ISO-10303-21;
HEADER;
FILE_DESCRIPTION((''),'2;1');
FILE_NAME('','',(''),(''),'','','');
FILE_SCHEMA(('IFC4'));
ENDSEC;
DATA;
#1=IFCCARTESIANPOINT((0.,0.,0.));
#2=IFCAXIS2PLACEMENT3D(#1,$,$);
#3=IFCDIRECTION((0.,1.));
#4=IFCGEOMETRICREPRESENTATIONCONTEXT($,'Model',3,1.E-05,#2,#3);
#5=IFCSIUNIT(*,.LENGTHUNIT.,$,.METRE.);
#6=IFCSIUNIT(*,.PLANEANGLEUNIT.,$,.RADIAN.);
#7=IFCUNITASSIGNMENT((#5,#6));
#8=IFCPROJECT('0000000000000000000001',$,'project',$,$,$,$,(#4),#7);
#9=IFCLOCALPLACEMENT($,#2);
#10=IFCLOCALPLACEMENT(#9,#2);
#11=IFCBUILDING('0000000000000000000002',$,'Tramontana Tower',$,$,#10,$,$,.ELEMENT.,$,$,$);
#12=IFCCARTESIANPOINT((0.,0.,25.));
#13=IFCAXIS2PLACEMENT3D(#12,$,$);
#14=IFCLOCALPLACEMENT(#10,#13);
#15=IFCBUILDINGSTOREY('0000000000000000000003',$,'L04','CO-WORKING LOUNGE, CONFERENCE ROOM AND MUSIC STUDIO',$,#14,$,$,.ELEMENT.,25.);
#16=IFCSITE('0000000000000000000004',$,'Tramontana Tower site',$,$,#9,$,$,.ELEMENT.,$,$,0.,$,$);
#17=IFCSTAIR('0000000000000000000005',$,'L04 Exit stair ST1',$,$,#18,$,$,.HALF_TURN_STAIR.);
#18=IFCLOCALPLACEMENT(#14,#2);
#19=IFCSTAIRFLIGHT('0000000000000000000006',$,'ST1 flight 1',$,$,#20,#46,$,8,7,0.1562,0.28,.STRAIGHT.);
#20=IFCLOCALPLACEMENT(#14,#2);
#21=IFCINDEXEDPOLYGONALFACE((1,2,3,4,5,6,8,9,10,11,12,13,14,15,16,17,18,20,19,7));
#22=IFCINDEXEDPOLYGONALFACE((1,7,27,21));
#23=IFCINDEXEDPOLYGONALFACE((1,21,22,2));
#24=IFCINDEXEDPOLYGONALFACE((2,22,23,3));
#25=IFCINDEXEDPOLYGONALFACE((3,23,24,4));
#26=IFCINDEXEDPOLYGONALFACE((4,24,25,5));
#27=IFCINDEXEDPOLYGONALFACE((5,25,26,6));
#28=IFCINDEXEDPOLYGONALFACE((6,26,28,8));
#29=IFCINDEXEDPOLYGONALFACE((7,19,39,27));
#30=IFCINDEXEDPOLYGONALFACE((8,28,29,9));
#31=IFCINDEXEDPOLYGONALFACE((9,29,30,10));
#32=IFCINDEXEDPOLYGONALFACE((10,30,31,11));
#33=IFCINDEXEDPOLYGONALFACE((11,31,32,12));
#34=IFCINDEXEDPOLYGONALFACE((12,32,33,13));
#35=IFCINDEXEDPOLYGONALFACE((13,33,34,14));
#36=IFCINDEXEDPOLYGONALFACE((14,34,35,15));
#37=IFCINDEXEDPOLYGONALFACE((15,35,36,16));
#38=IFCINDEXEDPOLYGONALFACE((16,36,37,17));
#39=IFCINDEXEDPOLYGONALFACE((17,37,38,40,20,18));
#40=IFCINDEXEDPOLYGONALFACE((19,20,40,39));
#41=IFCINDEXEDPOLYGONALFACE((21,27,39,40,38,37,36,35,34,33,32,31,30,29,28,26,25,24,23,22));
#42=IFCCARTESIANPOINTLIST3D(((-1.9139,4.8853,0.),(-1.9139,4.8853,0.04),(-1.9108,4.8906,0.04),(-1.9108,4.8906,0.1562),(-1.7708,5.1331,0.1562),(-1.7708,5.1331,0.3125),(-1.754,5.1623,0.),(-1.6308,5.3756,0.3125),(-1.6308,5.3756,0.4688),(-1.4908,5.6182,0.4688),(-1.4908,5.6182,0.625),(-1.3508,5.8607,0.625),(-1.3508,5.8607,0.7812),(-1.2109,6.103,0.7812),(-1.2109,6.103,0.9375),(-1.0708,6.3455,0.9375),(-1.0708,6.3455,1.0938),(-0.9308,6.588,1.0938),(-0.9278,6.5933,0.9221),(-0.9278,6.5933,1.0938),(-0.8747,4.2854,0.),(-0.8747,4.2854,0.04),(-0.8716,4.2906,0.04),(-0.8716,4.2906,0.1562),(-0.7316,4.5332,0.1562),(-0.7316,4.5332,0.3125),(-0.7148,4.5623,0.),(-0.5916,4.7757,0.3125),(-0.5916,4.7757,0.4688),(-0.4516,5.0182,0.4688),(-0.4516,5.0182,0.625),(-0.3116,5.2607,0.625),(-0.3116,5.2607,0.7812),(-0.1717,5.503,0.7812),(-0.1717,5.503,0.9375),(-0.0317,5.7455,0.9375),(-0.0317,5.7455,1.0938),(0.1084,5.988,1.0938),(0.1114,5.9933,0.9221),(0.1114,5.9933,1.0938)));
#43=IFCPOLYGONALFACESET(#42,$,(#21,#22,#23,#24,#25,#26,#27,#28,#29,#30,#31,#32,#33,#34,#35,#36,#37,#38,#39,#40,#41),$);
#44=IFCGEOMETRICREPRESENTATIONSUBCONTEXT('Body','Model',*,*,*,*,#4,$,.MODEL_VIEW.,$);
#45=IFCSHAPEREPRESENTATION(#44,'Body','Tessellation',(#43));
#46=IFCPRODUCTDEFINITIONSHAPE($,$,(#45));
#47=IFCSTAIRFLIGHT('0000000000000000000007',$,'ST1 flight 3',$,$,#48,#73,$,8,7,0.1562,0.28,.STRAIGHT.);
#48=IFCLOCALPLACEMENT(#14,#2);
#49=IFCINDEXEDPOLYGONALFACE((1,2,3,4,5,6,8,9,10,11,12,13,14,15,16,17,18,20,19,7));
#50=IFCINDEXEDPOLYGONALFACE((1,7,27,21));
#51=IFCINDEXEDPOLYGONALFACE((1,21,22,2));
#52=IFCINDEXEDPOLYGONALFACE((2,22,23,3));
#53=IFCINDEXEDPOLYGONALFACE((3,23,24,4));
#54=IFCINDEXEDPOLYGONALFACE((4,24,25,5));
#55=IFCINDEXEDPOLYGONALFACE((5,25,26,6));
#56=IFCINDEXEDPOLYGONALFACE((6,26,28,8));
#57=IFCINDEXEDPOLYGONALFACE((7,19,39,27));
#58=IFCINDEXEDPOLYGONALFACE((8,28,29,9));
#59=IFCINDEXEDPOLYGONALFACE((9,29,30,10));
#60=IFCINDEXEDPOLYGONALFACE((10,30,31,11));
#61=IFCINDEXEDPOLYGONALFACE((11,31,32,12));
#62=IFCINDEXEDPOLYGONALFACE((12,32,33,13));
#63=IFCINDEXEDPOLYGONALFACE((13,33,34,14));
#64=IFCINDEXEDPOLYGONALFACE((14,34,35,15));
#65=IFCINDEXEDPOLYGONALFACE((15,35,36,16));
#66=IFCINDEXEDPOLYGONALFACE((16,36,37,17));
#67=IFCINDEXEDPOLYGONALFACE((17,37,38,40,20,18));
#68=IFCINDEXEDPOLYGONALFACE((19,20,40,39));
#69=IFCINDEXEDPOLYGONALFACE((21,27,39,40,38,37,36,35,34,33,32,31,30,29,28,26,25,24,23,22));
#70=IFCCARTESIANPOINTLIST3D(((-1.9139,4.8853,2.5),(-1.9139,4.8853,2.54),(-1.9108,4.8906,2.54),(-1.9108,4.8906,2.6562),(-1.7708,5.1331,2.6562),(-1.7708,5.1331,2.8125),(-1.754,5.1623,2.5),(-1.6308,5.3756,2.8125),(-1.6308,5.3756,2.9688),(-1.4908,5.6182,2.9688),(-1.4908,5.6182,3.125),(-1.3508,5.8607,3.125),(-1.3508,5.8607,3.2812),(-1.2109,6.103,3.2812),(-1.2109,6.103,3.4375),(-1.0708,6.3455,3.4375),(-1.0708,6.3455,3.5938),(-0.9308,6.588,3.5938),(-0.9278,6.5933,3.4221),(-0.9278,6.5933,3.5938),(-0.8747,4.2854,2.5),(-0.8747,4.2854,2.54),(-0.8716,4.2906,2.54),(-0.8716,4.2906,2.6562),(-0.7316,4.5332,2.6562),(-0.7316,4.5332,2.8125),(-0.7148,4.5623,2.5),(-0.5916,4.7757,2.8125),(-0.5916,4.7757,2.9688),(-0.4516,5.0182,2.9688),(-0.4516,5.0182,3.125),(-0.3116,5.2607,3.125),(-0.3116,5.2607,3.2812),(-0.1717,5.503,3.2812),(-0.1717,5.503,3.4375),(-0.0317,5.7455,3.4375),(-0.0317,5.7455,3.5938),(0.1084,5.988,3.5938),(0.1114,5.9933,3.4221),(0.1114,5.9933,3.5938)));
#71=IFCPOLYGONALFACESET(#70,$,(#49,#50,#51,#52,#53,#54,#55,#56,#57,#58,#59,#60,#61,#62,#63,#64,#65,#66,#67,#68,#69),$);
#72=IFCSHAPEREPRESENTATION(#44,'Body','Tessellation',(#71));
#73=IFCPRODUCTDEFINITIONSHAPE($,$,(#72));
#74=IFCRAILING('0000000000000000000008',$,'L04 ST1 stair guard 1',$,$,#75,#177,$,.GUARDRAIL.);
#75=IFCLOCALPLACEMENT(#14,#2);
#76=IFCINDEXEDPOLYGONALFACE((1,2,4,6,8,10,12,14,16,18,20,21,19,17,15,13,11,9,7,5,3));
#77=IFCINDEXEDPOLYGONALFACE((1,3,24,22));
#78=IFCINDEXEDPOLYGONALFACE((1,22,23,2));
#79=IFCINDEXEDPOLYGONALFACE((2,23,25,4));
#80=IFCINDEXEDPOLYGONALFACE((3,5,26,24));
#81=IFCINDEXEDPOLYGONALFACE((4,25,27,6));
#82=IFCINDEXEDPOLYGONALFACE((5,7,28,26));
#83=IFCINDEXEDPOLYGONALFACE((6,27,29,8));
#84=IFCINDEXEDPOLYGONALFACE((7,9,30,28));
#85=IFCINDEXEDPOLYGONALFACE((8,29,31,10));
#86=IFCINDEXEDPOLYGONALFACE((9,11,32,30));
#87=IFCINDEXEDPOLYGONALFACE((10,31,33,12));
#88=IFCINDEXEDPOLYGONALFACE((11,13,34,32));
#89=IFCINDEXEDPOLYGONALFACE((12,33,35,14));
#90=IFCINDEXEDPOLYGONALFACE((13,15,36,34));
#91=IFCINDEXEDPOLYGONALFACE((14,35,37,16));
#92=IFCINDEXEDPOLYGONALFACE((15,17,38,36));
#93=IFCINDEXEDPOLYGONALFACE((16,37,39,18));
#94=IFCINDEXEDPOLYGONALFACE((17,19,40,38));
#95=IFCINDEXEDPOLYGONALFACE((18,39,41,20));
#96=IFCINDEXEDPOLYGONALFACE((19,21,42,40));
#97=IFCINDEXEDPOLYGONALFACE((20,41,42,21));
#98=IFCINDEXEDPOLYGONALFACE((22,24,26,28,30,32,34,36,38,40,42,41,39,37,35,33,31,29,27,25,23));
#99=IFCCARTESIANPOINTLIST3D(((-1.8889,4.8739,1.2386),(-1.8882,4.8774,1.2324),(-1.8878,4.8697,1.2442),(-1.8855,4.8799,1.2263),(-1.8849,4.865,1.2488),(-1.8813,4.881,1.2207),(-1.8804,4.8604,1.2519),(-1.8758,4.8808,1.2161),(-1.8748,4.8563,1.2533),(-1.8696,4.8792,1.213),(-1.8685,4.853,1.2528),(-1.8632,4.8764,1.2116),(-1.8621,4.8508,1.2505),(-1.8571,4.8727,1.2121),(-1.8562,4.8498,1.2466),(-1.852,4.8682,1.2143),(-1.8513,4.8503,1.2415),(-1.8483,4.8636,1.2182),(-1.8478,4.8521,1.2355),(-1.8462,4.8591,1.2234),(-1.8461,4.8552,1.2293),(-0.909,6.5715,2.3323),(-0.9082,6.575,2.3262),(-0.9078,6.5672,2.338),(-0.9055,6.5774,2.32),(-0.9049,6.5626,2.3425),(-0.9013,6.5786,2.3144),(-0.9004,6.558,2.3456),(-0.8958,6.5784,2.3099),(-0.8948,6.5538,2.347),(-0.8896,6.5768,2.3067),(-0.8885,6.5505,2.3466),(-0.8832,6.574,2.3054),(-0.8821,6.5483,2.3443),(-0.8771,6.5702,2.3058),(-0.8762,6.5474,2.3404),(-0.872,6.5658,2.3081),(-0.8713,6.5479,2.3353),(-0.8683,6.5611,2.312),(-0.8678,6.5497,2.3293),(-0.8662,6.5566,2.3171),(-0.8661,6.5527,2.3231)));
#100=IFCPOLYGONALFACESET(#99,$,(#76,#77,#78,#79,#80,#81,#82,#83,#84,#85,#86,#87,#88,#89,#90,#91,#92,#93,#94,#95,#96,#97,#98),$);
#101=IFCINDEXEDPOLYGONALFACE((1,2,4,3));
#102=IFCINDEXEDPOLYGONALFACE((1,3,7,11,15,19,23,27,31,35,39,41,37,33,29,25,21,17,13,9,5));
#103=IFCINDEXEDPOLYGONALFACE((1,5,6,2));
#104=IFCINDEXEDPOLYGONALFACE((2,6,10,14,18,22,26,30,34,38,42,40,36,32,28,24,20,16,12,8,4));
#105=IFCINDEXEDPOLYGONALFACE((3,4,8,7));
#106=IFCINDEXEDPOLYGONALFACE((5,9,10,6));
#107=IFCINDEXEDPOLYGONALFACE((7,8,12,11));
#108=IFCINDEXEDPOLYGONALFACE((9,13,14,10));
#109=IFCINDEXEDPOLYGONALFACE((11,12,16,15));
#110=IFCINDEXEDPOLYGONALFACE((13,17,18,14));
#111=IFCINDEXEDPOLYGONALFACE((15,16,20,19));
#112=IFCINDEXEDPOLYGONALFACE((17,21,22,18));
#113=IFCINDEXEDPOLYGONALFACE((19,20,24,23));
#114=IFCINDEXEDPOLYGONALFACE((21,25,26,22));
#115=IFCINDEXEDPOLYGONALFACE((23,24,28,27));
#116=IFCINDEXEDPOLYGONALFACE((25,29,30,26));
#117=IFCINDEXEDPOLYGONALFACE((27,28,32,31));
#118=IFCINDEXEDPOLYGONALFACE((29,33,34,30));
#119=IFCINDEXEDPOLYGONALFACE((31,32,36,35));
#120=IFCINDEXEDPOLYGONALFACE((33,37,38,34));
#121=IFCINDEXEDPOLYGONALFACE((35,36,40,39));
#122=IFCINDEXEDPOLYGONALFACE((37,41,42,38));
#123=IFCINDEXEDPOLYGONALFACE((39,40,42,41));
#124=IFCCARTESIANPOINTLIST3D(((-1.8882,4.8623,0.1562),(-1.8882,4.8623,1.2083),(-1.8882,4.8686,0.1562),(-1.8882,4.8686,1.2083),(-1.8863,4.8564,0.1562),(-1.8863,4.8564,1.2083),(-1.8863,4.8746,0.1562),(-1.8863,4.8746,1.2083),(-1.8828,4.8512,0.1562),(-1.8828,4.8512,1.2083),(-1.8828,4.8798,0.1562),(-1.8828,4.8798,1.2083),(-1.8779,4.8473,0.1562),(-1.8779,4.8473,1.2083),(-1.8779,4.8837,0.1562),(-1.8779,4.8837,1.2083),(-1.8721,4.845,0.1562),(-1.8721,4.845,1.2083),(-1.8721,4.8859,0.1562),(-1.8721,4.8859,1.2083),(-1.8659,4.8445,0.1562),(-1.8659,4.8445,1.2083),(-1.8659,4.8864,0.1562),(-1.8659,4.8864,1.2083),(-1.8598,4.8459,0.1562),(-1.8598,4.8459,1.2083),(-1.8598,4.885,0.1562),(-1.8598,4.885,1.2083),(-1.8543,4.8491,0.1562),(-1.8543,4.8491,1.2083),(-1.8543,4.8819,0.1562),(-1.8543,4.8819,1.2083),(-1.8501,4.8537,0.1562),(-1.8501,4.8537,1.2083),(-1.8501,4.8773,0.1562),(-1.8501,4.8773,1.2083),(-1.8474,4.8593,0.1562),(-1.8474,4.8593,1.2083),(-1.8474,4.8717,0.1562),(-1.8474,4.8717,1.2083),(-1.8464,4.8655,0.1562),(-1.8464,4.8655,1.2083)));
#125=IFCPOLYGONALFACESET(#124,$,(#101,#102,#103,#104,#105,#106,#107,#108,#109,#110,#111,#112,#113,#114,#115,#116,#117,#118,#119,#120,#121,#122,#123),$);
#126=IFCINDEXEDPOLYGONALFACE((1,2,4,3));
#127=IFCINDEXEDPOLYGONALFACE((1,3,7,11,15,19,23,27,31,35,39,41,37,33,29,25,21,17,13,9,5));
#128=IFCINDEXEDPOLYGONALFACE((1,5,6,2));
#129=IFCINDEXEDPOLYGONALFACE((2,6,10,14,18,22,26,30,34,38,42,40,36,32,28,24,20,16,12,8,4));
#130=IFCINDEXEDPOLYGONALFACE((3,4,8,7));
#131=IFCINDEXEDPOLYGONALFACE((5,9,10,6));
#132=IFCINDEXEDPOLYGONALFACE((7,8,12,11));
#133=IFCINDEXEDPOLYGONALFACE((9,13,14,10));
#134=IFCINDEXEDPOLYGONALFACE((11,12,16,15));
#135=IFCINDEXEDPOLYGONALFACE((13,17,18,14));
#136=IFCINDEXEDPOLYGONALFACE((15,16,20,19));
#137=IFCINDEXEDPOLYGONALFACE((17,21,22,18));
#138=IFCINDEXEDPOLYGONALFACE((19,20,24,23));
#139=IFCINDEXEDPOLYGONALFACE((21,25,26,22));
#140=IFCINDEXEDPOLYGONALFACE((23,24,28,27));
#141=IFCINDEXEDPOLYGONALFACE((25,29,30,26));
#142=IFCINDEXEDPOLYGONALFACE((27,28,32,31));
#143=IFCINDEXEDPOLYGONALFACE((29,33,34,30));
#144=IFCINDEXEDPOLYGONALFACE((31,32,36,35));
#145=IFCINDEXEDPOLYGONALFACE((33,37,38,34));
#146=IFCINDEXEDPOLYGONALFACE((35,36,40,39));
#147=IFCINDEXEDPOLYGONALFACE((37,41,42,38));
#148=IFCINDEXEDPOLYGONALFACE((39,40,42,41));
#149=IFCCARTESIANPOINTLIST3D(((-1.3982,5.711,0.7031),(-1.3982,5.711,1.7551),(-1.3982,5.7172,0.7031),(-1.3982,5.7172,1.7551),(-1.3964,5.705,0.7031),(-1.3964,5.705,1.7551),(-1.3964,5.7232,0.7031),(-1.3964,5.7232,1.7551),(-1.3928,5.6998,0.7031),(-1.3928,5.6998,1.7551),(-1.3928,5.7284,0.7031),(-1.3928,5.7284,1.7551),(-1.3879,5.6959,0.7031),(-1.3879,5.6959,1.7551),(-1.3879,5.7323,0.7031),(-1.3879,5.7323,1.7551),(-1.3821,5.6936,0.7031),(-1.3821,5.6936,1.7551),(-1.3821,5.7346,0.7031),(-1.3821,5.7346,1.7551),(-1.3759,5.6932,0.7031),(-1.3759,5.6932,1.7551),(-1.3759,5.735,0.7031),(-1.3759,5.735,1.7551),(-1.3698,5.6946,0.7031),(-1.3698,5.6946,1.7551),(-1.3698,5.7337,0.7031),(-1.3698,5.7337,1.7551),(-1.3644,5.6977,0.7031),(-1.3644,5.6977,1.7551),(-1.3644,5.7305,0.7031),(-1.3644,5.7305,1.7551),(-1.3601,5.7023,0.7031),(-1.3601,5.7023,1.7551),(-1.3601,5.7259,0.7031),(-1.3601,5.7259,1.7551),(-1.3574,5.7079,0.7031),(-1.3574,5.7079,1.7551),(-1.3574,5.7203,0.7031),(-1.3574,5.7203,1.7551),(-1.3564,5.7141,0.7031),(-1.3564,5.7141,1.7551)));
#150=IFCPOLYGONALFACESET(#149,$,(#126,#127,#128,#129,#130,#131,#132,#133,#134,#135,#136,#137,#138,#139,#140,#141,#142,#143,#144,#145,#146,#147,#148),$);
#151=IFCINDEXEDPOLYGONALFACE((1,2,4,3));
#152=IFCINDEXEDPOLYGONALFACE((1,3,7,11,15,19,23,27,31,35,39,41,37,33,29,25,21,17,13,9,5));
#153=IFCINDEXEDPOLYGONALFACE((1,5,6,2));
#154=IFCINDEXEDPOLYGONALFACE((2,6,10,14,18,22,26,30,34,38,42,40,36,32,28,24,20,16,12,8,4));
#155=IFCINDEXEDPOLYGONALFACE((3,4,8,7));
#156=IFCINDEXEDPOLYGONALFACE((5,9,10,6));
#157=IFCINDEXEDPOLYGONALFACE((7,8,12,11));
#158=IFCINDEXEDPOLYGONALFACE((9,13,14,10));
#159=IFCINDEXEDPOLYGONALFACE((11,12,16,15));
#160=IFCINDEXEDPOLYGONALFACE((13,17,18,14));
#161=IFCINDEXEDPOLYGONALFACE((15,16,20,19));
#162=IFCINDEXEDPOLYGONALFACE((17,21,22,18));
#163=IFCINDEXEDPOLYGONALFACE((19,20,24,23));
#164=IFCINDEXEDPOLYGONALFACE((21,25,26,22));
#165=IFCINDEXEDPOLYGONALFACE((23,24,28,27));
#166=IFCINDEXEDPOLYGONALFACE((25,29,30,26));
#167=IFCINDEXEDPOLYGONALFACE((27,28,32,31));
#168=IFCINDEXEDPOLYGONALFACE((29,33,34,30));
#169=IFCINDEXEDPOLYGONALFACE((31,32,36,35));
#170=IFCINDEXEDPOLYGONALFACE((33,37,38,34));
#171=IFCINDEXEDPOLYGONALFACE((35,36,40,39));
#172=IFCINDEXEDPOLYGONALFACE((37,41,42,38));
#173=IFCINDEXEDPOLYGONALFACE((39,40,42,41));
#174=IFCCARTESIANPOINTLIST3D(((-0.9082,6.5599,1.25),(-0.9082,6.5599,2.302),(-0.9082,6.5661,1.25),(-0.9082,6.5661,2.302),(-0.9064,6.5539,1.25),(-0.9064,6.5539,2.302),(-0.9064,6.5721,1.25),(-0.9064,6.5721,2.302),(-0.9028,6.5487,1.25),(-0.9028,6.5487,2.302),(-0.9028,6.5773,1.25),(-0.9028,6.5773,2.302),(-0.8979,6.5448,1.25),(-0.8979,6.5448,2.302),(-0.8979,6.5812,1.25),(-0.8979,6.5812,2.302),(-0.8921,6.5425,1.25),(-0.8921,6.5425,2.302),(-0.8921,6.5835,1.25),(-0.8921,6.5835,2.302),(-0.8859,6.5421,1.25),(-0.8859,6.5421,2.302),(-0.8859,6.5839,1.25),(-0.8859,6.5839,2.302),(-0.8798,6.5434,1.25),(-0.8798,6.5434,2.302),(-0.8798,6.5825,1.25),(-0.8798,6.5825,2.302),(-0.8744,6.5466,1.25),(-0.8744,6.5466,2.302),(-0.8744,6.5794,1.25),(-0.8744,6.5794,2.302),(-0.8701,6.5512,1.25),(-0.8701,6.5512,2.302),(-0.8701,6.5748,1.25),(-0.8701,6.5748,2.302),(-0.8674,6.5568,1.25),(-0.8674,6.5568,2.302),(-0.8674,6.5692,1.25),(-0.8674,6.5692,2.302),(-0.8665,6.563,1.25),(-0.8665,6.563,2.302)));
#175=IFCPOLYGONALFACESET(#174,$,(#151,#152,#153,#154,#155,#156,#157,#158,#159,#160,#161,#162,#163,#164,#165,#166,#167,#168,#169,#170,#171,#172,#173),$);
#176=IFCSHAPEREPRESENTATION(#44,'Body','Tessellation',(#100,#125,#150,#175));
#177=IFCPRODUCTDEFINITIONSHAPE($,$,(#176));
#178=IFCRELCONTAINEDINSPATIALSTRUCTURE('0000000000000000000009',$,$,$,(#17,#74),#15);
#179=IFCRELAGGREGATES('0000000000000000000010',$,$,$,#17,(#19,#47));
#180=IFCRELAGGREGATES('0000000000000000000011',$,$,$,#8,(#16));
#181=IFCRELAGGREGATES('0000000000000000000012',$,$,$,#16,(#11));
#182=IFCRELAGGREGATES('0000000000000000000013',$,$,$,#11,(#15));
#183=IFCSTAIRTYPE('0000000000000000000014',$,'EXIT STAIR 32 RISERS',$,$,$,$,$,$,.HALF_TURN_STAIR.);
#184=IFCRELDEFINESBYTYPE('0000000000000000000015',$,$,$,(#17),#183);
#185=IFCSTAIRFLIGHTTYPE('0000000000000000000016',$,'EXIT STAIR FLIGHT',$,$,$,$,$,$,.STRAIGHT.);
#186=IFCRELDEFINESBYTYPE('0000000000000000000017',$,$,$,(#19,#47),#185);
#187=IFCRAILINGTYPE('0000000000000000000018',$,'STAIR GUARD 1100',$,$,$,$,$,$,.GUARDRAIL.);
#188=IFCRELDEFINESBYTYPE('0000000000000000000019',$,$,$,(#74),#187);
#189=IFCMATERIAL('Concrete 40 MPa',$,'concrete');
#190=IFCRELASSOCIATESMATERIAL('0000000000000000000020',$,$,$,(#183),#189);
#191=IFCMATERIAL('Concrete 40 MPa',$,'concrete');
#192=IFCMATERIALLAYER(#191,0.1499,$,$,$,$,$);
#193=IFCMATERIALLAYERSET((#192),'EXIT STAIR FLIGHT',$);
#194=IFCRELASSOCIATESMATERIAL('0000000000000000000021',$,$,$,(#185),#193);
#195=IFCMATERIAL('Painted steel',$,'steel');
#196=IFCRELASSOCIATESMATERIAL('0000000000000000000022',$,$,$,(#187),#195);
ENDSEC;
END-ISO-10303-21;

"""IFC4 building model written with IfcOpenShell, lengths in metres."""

from ifc_helpers import new_model, si_unit, direction, frame, origin, origin_2d, place, context, subcontext, project, spatial, polyline, circle, outline, extrude, material, layer, layer_set, type_object, element, aggregate, save


model = new_model("IFC4")

# Units and contexts
model_context = context("Model", 3, precision=1e-05, world=origin(), true_north=direction((0.0, 1.0)))
body_context = subcontext(model_context, "Body", "Model", "MODEL_VIEW")
ifc_project = project(units=[si_unit("LENGTHUNIT", "METRE"), si_unit("PLANEANGLEUNIT", "RADIAN")], contexts=[model_context])

# Site, building, storey
site_placement = place(None, origin())
site = spatial("IfcSite", under=ifc_project, at=site_placement, Name="Tramontana Tower site", CompositionType="ELEMENT", RefElevation=0.0)
building_placement = place(site_placement, origin())
building = spatial("IfcBuilding", under=site, at=building_placement, Name="Tramontana Tower", CompositionType="ELEMENT")
storey_placement = place(building_placement, frame((0.0, 0.0, 25.0)))
storey = spatial("IfcBuildingStorey", under=building, at=storey_placement, Name="L04", Description="CO-WORKING LOUNGE, CONFERENCE ROOM AND MUSIC STUDIO", CompositionType="ELEMENT", Elevation=25.0)

# Stair, stair flights
ifc_material_1 = material(Name="Concrete 40 MPa", Category="concrete")
stair_type = type_object("IfcStairType", Name="EXIT STAIR 32 RISERS", PredefinedType="HALF_TURN_STAIR", material=ifc_material_1)
stair_placement = place(storey_placement, origin())
stair = element("IfcStair", 1, at=stair_placement, inside=storey, type_object=stair_type, Name="L04 Exit stair ST1", PredefinedType="HALF_TURN_STAIR")
ifc_material_2 = material(Name="Concrete 40 MPa", Category="concrete")
ifc_layer_1 = layer(ifc_material_2, 0.1499)
ifc_layer_set_1 = layer_set([ifc_layer_1], Name="EXIT STAIR FLIGHT")
stair_flight_type = type_object("IfcStairFlightType", Name="EXIT STAIR FLIGHT", PredefinedType="STRAIGHT", material=ifc_layer_set_1)
stair_flight_1_placement = place(storey_placement, frame((-1.3911, 4.5906, 0.0), z_axis=(0.0, 0.0, 1.0), x_axis=(0.5, 0.866025, 0.0)))
stair_flight_1 = element("IfcStairFlight", 2, at=stair_flight_1_placement, type_object=stair_flight_type, Name="ST1 flight 1", NumberOfRisers=8, NumberOfTreads=7, PredefinedType="STRAIGHT", RiserHeight=0.1562, TreadLength=0.28, context=body_context, shape_type="SweptSolid", body=[
    extrude(outline(polyline([(-0.0061, 0.0), (-0.0061, 0.04), (0.0, 0.04), (0.0, 0.1562), (0.28, 0.1562), (0.28, 0.3125), (0.5601, 0.3125), (0.5601, 0.4688), (0.8401, 0.4688), (0.8401, 0.625), (1.1201, 0.625), (1.1201, 0.7812), (1.3999, 0.7812), (1.3999, 0.9375), (1.6799, 0.9375), (1.6799, 1.0938), (1.96, 1.0938), (1.9661, 1.0938), (1.9661, 0.9221), (0.3137, 0.0), (-0.0061, 0.0)])), frame((0.0, 0.6001, 0.0), z_axis=(0.0, -1.0, 0.0), x_axis=(1.0, 0.0, 0.0)), (0.0, 0.0, 1.0), 1.2),
])
stair_flight_2_placement = place(storey_placement, frame((-1.3911, 4.5906, 2.5), z_axis=(0.0, 0.0, 1.0), x_axis=(0.5, 0.866025, 0.0)))
stair_flight_2 = element("IfcStairFlight", 3, at=stair_flight_2_placement, type_object=stair_flight_type, Name="ST1 flight 3", NumberOfRisers=8, NumberOfTreads=7, PredefinedType="STRAIGHT", RiserHeight=0.1562, TreadLength=0.28, context=body_context, shape_type="SweptSolid", body=[
    extrude(outline(polyline([(-0.0061, 0.0), (-0.0061, 0.04), (0.0, 0.04), (0.0, 0.1562), (0.28, 0.1562), (0.28, 0.3125), (0.5601, 0.3125), (0.5601, 0.4688), (0.8401, 0.4688), (0.8401, 0.625), (1.1201, 0.625), (1.1201, 0.7812), (1.3999, 0.7812), (1.3999, 0.9375), (1.6799, 0.9375), (1.6799, 1.0938), (1.96, 1.0938), (1.9661, 1.0938), (1.9661, 0.9221), (0.3137, 0.0), (-0.0061, 0.0)])), frame((0.0, 0.6001, 0.0), z_axis=(0.0, -1.0, 0.0), x_axis=(1.0, 0.0, 0.0)), (0.0, 0.0, 1.0), 1.2),
])
aggregate(stair, [stair_flight_1, stair_flight_2])

# Railing
ifc_material_3 = material(Name="Painted steel", Category="steel")
railing_type_1 = type_object("IfcRailingType", Name="STAIR GUARD 1100", PredefinedType="GUARDRAIL", material=ifc_material_3)
for number, where, name in (
    (4, (-1.8674, 4.8655, 0.1562), "L04 ST1 stair guard 1"),
):
    element("IfcRailing", number, at=place(storey_placement, frame(where)), inside=storey, type_object=railing_type_1, Name=name, PredefinedType="GUARDRAIL", context=body_context, shape_type="SweptSolid", body=[
        extrude(circle(Radius=0.0239, at=origin_2d()), frame((0.0, 0.0, 1.0762), z_axis=(0.436596, 0.756267, 0.487282), x_axis=(-0.866042, 0.49997, 0.0)), (0.0, 0.0, 1.0), 2.2446),
        extrude(circle(Radius=0.021, at=origin_2d()), origin(), (0.0, 0.0, 1.0), 1.052),
        extrude(circle(Radius=0.021, at=origin_2d()), frame((0.49, 0.8486, 0.5469)), (0.0, 0.0, 1.0), 1.052),
        extrude(circle(Radius=0.021, at=origin_2d()), frame((0.98, 1.6975, 1.0938)), (0.0, 0.0, 1.0), 1.052),
    ])

save(model, "model.ifc")
